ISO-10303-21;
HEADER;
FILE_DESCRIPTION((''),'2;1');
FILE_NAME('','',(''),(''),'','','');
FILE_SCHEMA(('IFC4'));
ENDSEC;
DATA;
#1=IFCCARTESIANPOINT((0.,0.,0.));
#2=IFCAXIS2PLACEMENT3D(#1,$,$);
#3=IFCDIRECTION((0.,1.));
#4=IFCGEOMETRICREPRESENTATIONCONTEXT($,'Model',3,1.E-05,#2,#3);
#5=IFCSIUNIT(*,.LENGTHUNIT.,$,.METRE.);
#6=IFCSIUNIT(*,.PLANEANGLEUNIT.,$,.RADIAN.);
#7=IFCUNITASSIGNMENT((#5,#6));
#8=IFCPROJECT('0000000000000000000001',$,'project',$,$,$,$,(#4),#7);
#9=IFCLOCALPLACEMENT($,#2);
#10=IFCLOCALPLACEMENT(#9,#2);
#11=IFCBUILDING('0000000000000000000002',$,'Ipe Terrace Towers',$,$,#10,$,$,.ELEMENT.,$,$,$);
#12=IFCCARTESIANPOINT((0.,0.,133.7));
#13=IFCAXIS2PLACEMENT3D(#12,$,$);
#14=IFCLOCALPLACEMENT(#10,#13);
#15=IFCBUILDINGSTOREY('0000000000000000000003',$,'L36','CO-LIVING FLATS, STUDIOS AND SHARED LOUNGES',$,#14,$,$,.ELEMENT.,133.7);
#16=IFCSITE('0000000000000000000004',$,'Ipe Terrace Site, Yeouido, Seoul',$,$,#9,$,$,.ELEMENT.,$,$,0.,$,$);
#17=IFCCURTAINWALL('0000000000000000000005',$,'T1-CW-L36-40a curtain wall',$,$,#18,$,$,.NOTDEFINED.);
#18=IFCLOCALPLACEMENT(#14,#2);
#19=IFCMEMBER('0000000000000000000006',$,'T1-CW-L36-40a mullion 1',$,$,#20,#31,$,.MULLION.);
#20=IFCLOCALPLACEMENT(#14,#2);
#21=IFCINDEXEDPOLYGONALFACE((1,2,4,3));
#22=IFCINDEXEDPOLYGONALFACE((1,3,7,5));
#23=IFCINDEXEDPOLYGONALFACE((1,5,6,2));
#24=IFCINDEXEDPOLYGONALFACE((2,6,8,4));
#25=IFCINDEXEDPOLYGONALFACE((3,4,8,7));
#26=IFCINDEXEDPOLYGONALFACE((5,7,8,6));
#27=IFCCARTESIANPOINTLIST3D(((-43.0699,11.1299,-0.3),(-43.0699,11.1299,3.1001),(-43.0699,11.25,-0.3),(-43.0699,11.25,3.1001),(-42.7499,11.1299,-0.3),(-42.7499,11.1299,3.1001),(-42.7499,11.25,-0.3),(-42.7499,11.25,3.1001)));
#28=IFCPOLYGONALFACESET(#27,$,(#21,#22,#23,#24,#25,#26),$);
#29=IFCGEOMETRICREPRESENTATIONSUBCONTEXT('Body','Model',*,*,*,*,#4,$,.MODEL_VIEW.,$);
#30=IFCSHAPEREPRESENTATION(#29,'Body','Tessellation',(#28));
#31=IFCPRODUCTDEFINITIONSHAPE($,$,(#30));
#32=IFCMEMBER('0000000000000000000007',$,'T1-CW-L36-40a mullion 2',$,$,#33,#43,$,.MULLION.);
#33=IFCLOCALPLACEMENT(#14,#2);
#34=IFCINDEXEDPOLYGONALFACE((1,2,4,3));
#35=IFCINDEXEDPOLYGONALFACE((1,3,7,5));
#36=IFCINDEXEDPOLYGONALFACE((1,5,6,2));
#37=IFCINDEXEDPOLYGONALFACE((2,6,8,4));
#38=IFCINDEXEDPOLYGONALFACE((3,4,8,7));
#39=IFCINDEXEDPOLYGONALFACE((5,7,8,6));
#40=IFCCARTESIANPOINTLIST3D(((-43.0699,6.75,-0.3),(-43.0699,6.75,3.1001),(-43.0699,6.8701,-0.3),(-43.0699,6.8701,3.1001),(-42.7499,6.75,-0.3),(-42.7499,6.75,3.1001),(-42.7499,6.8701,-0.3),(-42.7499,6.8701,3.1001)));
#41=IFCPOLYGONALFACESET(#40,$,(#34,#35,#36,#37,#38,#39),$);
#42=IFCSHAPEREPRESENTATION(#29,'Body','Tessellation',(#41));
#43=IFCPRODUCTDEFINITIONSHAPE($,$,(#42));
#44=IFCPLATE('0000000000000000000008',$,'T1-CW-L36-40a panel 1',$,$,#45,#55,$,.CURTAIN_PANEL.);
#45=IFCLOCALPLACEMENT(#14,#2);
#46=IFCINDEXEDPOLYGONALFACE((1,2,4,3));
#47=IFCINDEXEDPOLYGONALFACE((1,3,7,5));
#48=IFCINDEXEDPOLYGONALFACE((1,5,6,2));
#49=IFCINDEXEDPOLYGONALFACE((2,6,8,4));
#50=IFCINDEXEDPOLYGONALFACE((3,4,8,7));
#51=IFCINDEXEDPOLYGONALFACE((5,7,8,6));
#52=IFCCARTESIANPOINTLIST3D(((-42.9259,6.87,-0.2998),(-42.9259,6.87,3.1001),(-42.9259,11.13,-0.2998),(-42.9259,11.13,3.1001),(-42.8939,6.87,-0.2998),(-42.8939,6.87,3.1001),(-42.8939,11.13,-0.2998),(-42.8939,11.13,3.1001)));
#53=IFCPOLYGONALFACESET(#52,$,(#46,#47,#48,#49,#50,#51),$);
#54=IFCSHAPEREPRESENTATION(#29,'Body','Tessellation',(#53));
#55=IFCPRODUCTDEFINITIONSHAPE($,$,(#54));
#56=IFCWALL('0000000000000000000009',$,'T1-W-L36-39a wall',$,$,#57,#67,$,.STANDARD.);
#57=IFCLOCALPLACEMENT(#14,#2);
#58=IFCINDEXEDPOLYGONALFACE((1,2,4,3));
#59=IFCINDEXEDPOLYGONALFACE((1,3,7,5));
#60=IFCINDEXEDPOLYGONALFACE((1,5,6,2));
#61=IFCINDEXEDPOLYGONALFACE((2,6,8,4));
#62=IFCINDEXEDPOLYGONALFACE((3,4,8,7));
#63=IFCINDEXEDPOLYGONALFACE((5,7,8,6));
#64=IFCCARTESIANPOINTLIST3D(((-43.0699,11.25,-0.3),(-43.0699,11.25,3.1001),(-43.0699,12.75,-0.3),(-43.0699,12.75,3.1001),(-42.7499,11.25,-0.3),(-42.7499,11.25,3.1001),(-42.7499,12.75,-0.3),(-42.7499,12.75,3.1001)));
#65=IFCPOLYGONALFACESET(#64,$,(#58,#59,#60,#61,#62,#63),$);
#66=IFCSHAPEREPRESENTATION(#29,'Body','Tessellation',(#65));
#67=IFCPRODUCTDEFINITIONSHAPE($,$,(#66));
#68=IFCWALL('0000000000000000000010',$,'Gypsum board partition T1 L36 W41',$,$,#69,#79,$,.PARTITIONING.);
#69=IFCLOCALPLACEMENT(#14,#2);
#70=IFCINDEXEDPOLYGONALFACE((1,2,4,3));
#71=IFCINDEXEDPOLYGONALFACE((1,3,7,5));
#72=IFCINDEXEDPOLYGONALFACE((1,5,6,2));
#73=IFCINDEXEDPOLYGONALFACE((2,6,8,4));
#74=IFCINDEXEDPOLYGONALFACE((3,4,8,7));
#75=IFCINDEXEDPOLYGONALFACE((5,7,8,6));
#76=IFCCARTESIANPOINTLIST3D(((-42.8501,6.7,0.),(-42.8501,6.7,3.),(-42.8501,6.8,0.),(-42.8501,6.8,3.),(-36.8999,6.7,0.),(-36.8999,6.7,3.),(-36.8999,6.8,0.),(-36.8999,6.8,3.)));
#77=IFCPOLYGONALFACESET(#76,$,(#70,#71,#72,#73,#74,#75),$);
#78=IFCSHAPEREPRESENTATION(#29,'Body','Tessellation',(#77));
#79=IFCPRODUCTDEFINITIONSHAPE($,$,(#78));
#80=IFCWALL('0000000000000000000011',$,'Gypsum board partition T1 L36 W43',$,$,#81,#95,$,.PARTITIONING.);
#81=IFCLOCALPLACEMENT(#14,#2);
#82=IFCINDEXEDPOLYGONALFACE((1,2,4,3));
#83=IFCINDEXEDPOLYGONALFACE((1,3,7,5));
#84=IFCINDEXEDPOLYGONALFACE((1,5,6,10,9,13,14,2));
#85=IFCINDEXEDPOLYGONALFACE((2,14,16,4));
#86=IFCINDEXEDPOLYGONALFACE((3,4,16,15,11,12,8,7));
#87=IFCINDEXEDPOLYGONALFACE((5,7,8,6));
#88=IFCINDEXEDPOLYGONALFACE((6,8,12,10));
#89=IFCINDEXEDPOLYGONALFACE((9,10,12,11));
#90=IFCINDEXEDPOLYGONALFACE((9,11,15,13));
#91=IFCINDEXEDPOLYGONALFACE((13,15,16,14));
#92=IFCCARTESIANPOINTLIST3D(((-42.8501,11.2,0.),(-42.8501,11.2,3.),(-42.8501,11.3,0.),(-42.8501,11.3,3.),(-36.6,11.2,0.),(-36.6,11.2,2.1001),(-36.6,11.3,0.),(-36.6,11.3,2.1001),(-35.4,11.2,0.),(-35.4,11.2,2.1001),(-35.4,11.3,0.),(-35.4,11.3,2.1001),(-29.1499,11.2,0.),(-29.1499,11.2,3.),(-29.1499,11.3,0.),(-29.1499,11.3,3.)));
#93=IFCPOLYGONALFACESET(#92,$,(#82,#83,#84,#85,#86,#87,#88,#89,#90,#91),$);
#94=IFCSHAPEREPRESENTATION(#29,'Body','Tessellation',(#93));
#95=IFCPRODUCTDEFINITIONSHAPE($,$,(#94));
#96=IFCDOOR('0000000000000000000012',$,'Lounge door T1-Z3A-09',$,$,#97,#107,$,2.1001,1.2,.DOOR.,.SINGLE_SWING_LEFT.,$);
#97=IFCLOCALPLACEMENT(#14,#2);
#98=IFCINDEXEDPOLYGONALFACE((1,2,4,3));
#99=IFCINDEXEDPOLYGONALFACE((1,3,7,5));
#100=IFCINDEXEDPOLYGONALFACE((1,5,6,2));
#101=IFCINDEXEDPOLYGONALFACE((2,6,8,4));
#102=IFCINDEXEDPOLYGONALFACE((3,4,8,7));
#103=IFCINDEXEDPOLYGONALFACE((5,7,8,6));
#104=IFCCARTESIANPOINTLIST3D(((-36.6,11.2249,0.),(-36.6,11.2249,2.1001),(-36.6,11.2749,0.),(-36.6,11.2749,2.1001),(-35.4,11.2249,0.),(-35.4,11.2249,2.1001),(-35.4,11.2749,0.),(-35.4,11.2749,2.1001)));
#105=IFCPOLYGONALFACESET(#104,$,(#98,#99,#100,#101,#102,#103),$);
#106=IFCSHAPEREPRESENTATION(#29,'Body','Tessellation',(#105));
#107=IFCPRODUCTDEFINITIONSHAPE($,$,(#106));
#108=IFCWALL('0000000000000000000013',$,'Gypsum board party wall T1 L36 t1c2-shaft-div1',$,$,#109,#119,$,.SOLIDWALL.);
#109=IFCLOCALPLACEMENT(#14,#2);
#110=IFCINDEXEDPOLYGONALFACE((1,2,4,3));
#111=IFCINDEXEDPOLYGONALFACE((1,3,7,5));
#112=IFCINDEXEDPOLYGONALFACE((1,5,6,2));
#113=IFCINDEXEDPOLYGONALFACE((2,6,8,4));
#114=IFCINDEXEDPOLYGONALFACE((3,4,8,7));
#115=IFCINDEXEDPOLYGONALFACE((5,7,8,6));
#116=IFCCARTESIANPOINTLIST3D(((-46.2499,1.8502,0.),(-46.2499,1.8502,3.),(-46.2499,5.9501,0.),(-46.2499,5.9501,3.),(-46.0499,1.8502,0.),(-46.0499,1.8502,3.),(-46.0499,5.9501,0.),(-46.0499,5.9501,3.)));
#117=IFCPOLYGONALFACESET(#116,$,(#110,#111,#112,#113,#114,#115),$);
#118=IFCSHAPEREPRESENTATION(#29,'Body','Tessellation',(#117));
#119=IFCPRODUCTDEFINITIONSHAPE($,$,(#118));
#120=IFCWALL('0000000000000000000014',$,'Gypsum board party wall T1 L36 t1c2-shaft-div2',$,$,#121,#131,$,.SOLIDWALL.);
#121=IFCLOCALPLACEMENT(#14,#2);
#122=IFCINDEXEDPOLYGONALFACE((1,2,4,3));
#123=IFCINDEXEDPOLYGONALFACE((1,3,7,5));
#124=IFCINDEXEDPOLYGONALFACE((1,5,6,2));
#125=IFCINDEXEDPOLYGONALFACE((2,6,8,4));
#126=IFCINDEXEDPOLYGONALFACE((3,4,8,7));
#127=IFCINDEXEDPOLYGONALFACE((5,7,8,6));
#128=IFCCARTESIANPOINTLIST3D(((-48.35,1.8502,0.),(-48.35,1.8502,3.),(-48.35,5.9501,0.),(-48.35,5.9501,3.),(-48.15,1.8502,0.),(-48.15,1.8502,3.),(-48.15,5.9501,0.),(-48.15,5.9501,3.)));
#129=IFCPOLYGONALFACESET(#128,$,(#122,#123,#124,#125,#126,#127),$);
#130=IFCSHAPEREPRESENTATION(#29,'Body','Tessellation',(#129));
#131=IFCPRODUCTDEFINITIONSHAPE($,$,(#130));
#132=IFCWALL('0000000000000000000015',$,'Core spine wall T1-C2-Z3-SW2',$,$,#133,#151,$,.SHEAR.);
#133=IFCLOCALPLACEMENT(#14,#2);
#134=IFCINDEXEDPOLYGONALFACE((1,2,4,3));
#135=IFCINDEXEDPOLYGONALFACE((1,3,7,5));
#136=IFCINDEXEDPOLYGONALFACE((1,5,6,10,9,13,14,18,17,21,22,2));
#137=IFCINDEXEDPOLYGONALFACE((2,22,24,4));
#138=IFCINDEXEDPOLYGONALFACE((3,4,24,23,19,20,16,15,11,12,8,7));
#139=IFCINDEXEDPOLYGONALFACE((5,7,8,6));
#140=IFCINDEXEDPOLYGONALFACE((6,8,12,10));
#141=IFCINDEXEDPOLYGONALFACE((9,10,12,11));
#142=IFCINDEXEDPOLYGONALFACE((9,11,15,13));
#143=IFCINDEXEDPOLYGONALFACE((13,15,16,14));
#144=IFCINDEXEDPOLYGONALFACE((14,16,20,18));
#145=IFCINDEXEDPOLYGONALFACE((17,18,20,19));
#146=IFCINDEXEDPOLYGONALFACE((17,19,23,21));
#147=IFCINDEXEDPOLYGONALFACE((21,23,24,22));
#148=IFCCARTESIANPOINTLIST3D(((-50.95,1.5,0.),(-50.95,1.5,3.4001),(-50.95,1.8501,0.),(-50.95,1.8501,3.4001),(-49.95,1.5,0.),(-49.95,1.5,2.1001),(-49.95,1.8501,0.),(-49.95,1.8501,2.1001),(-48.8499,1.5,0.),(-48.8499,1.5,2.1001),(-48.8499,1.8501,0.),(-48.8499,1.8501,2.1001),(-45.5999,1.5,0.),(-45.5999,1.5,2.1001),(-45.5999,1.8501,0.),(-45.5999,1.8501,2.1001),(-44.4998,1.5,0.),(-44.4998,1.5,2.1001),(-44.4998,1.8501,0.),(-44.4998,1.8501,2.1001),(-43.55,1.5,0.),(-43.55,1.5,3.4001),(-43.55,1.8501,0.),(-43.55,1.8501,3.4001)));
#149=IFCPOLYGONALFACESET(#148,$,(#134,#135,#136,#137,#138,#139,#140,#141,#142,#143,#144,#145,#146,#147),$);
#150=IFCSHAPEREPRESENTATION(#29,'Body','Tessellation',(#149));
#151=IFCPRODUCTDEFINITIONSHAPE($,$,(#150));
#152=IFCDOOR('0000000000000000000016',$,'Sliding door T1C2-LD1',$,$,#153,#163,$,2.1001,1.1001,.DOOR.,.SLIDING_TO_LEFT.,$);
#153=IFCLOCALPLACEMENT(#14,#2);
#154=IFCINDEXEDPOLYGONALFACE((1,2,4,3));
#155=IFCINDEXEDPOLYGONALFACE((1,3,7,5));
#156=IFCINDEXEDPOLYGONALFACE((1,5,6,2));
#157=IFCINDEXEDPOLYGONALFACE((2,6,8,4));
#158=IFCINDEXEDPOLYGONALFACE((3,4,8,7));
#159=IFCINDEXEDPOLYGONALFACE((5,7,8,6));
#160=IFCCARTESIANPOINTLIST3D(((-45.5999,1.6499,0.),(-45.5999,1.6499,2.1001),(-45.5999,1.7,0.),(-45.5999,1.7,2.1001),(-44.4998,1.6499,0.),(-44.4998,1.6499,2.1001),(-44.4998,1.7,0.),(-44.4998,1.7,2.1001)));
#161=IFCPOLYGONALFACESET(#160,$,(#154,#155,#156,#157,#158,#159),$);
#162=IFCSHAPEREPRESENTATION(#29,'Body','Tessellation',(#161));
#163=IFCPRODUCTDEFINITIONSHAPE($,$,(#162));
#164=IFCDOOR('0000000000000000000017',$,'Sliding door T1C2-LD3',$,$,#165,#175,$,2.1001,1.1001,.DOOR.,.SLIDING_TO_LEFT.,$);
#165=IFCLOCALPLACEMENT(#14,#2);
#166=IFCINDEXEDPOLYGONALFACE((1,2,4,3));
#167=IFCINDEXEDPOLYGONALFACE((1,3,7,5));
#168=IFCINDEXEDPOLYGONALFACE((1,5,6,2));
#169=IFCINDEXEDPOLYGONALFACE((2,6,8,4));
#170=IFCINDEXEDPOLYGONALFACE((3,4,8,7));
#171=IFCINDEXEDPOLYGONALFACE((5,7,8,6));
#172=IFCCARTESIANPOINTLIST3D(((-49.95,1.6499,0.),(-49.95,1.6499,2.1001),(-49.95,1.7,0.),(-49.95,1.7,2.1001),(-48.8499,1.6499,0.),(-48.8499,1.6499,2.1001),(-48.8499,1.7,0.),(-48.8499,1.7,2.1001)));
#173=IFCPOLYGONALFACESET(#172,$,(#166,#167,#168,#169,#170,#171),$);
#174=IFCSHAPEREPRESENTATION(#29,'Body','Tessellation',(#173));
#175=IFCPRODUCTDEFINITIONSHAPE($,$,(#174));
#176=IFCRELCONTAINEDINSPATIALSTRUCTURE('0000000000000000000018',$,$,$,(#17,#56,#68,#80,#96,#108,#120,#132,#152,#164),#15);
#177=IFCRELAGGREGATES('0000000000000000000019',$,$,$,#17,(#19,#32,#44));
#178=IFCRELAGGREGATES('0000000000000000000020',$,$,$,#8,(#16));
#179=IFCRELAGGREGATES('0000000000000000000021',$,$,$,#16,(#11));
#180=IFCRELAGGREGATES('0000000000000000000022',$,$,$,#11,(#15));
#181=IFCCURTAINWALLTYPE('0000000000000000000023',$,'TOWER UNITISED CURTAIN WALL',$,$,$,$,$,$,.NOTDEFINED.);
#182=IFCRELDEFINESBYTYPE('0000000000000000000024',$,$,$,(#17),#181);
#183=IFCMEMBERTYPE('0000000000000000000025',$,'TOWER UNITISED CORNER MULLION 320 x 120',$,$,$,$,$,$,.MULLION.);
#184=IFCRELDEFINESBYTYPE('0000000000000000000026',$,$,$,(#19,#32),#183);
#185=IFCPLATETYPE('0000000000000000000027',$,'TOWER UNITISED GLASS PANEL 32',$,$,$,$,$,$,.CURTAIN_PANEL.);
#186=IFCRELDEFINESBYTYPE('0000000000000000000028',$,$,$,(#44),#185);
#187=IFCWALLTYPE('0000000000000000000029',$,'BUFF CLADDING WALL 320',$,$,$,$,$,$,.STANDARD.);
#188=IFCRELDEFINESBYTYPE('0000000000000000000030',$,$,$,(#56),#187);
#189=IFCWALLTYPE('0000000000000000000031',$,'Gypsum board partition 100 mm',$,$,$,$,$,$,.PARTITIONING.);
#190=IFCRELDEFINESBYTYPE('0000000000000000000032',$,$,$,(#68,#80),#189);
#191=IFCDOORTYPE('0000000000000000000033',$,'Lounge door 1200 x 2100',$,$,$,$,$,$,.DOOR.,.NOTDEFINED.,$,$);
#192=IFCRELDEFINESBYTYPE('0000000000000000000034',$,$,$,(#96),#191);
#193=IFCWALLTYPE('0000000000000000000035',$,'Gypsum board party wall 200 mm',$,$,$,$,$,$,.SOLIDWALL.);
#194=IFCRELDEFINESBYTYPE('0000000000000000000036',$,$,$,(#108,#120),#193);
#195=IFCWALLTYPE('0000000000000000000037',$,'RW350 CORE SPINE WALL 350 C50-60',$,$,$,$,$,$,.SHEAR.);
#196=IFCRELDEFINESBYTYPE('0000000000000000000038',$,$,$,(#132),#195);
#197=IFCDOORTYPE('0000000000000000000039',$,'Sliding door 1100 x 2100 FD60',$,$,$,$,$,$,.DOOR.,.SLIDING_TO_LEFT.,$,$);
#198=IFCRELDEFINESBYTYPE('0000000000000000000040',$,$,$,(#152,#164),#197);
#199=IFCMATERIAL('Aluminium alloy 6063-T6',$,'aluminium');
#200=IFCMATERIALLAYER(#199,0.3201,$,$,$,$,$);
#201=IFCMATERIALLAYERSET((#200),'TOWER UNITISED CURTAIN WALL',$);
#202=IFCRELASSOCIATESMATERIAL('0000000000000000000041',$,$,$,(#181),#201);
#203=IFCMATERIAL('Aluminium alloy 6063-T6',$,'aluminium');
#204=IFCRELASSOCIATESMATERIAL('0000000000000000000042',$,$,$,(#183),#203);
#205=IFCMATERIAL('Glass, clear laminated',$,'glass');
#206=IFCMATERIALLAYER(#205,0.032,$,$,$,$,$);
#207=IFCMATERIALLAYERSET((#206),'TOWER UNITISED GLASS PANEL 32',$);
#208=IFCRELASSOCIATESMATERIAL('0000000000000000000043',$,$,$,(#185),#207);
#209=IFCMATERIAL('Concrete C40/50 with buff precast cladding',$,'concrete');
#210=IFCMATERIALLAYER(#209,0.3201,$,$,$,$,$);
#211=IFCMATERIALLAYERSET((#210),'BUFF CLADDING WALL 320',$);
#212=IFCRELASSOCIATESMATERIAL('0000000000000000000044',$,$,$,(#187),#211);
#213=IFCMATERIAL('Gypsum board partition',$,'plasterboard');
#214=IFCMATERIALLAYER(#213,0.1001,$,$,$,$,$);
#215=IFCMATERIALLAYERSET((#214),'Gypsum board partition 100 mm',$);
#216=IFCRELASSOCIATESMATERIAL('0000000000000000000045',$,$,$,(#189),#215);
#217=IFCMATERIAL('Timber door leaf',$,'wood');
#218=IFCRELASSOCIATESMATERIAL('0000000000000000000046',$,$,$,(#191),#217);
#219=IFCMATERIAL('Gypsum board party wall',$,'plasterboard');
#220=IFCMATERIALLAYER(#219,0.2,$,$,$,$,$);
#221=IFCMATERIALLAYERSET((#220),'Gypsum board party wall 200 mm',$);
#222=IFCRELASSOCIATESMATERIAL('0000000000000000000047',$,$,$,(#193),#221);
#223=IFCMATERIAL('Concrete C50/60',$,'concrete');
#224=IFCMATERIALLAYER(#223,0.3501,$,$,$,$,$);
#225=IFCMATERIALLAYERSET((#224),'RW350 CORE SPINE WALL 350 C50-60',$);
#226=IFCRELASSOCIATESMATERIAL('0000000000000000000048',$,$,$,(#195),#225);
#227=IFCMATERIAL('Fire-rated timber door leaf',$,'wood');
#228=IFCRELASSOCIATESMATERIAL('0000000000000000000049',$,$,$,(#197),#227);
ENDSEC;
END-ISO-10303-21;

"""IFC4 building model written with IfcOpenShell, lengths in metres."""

from ifc_helpers import new_model, si_unit, direction, frame, frame_2d, origin, origin_2d, place, context, subcontext, project, spatial, rectangle, extrude, material, layer, layer_set, material_profile, profile_set, type_object, element, fill, aggregate, save


model = new_model("IFC4")

# Units and contexts
model_context = context("Model", 3, precision=1e-05, world=origin(), true_north=direction((0.0, 1.0)))
body_context = subcontext(model_context, "Body", "Model", "MODEL_VIEW")
ifc_project = project(units=[si_unit("LENGTHUNIT", "METRE"), si_unit("PLANEANGLEUNIT", "RADIAN")], contexts=[model_context])

# Site, building, storey
site_placement = place(None, origin())
site = spatial("IfcSite", under=ifc_project, at=site_placement, Name="Ipe Terrace Site, Yeouido, Seoul", CompositionType="ELEMENT", RefElevation=0.0)
building_placement = place(site_placement, origin())
building = spatial("IfcBuilding", under=site, at=building_placement, Name="Ipe Terrace Towers", CompositionType="ELEMENT")
storey_placement = place(building_placement, frame((0.0, 0.0, 133.7)))
storey = spatial("IfcBuildingStorey", under=building, at=storey_placement, Name="L36", Description="CO-LIVING FLATS, STUDIOS AND SHARED LOUNGES", CompositionType="ELEMENT", Elevation=133.7)

# Curtain wall, members, plate
ifc_material_1 = material(Name="Aluminium alloy 6063-T6", Category="aluminium")
ifc_layer_1 = layer(ifc_material_1, 0.3201)
ifc_layer_set_1 = layer_set([ifc_layer_1], Name="TOWER UNITISED CURTAIN WALL")
curtain_wall_type = type_object("IfcCurtainWallType", Name="TOWER UNITISED CURTAIN WALL", PredefinedType="NOTDEFINED", material=ifc_layer_set_1)
curtain_wall_placement = place(storey_placement, origin())
curtain_wall = element("IfcCurtainWall", 1, at=curtain_wall_placement, inside=storey, type_object=curtain_wall_type, Name="T1-CW-L36-40a curtain wall", PredefinedType="NOTDEFINED")
ifc_material_2 = material(Name="Aluminium alloy 6063-T6", Category="aluminium")
ifc_material_profile = material_profile(ifc_material_2, rectangle(XDim=0.3201, YDim=0.1201, at=origin_2d()), Name="TOWER UNITISED CORNER MULLION 320 x 120")
ifc_profile_set = profile_set([ifc_material_profile], Name="Aluminium alloy 6063-T6")
member_type = type_object("IfcMemberType", Name="TOWER UNITISED CORNER MULLION 320 x 120", PredefinedType="MULLION", material=ifc_profile_set)
member_1_placement = place(storey_placement, frame((-42.9099, 11.1899, -0.3), z_axis=(0.0, 0.0, 1.0), x_axis=(-1.0, 0.0, 0.0)))
member_1 = element("IfcMember", 2, at=member_1_placement, type_object=member_type, Name="T1-CW-L36-40a mullion 1", PredefinedType="MULLION", context=body_context, shape_type="SweptSolid", body=[
    extrude(rectangle(XDim=0.3201, YDim=0.1201, at=origin_2d()), origin(), (0.0, 0.0, 1.0), 3.4001),
])
member_2_placement = place(storey_placement, frame((-42.9099, 6.8101, -0.3), z_axis=(0.0, 0.0, 1.0), x_axis=(-1.0, 0.0, 0.0)))
member_2 = element("IfcMember", 3, at=member_2_placement, type_object=member_type, Name="T1-CW-L36-40a mullion 2", PredefinedType="MULLION", context=body_context, shape_type="SweptSolid", body=[
    extrude(rectangle(XDim=0.3201, YDim=0.1201, at=origin_2d()), origin(), (0.0, 0.0, 1.0), 3.4001),
])
ifc_material_3 = material(Name="Glass, clear laminated", Category="glass")
ifc_layer_2 = layer(ifc_material_3, 0.032)
ifc_layer_set_2 = layer_set([ifc_layer_2], Name="TOWER UNITISED GLASS PANEL 32")
plate_type = type_object("IfcPlateType", Name="TOWER UNITISED GLASS PANEL 32", PredefinedType="CURTAIN_PANEL", material=ifc_layer_set_2)
plate_placement = place(storey_placement, frame((-42.9099, 9.0, -0.2998), z_axis=(0.0, 0.0, 1.0), x_axis=(0.0, -1.0, 0.0)))
plate = element("IfcPlate", 4, at=plate_placement, type_object=plate_type, Name="T1-CW-L36-40a panel 1", PredefinedType="CURTAIN_PANEL", context=body_context, shape_type="SweptSolid", body=[
    extrude(rectangle(XDim=4.26, YDim=0.032, at=origin_2d()), origin(), (0.0, 0.0, 1.0), 3.3999),
])
aggregate(curtain_wall, [member_1, member_2, plate])

# Walls
ifc_material_4 = material(Name="Concrete C40/50 with buff precast cladding", Category="concrete")
ifc_layer_3 = layer(ifc_material_4, 0.3201)
ifc_layer_set_3 = layer_set([ifc_layer_3], Name="BUFF CLADDING WALL 320")
wall_type_1 = type_object("IfcWallType", Name="BUFF CLADDING WALL 320", PredefinedType="STANDARD", material=ifc_layer_set_3)
wall_1_placement = place(storey_placement, frame((-42.9099, 12.75, -0.3), z_axis=(0.0, 0.0, 1.0), x_axis=(0.0, -1.0, 0.0)))
element("IfcWall", 5, at=wall_1_placement, inside=storey, type_object=wall_type_1, Name="T1-W-L36-39a wall", PredefinedType="STANDARD", context=body_context, shape_type="SweptSolid", body=[
    extrude(rectangle(XDim=1.5, YDim=0.3201, at=frame_2d((0.75, 0.0))), origin(), (0.0, 0.0, 1.0), 3.4001),
])
ifc_material_5 = material(Name="Gypsum board partition", Category="plasterboard")
ifc_layer_4 = layer(ifc_material_5, 0.1001)
ifc_layer_set_4 = layer_set([ifc_layer_4], Name="Gypsum board partition 100 mm")
wall_type_2 = type_object("IfcWallType", Name="Gypsum board partition 100 mm", PredefinedType="PARTITIONING", material=ifc_layer_set_4)
wall_2_placement = place(storey_placement, frame((-42.8501, 6.75, 0.0), z_axis=(0.0, 0.0, 1.0), x_axis=(1.0, 0.0, 0.0)))
element("IfcWall", 6, at=wall_2_placement, inside=storey, type_object=wall_type_2, Name="Gypsum board partition T1 L36 W41", PredefinedType="PARTITIONING", context=body_context, shape_type="SweptSolid", body=[
    extrude(rectangle(XDim=5.9502, YDim=0.1001, at=frame_2d((2.9751, 0.0))), origin(), (0.0, 0.0, 1.0), 3.0),
])

# Wall, opening, door
wall_3_placement = place(storey_placement, frame((-42.8501, 11.25, 0.0), z_axis=(0.0, 0.0, 1.0), x_axis=(1.0, 0.0, 0.0)))
wall_3 = element("IfcWall", 7, at=wall_3_placement, inside=storey, type_object=wall_type_2, Name="Gypsum board partition T1 L36 W43", PredefinedType="PARTITIONING", context=body_context, shape_type="SweptSolid", body=[
    extrude(rectangle(XDim=13.7002, YDim=0.1001, at=frame_2d((6.8501, 0.0))), origin(), (0.0, 0.0, 1.0), 3.0),
])
opening_1_placement = place(wall_3_placement, frame((6.25, 0.0, 0.0)))
opening_1 = element("IfcOpeningElement", 8, at=opening_1_placement, cuts=wall_3, PredefinedType="OPENING", context=body_context, shape_type="SweptSolid", body=[
    extrude(rectangle(XDim=1.2, YDim=2.1001, at=frame_2d((0.6001, 1.05))), frame((0.0, 0.0601, 0.0), z_axis=(0.0, -1.0, 0.0), x_axis=(1.0, 0.0, 0.0)), (0.0, 0.0, 1.0), 0.1201),
])
ifc_material_6 = material(Name="Timber door leaf", Category="wood")
door_type_1 = type_object("IfcDoorType", Name="Lounge door 1200 x 2100", OperationType="NOTDEFINED", PredefinedType="DOOR", material=ifc_material_6)
door_1_placement = place(opening_1_placement, origin())
door_1 = element("IfcDoor", 9, at=door_1_placement, inside=storey, type_object=door_type_1, Name="Lounge door T1-Z3A-09", OperationType="SINGLE_SWING_LEFT", OverallHeight=2.1001, OverallWidth=1.2, PredefinedType="DOOR", context=body_context, shape_type="SweptSolid", body=[
    extrude(rectangle(XDim=1.2, YDim=2.1001, at=frame_2d((0.6001, 1.05))), frame((0.0, 0.0249, 0.0), z_axis=(0.0, -1.0, 0.0), x_axis=(1.0, 0.0, 0.0)), (0.0, 0.0, 1.0), 0.05),
])
fill(opening_1, door_1)

# Walls
ifc_material_7 = material(Name="Gypsum board party wall", Category="plasterboard")
ifc_layer_5 = layer(ifc_material_7, 0.2)
ifc_layer_set_5 = layer_set([ifc_layer_5], Name="Gypsum board party wall 200 mm")
wall_type_3 = type_object("IfcWallType", Name="Gypsum board party wall 200 mm", PredefinedType="SOLIDWALL", material=ifc_layer_set_5)
for number, where, z_axis, x_axis, name in (
    (10, (-46.1499, 5.95, 0.0), (0.0, 0.0, 1.0), (0.0, -1.0, 0.0), "Gypsum board party wall T1 L36 t1c2-shaft-div1"),
    (11, (-48.25, 5.95, 0.0), (0.0, 0.0, 1.0), (0.0, -1.0, 0.0), "Gypsum board party wall T1 L36 t1c2-shaft-div2"),
):
    element("IfcWall", number, at=place(storey_placement, frame(where, z_axis=z_axis, x_axis=x_axis)), inside=storey, type_object=wall_type_3, Name=name, PredefinedType="SOLIDWALL", context=body_context, shape_type="SweptSolid", body=[
        extrude(rectangle(XDim=4.0999, YDim=0.2, at=frame_2d((2.0498, 0.0))), origin(), (0.0, 0.0, 1.0), 3.0),
    ])

# Wall, openings, doors
ifc_material_8 = material(Name="Concrete C50/60", Category="concrete")
ifc_layer_6 = layer(ifc_material_8, 0.3501)
ifc_layer_set_6 = layer_set([ifc_layer_6], Name="RW350 CORE SPINE WALL 350 C50-60")
wall_type_4 = type_object("IfcWallType", Name="RW350 CORE SPINE WALL 350 C50-60", PredefinedType="SHEAR", material=ifc_layer_set_6)
wall_4_placement = place(storey_placement, frame((-50.95, 1.675, 0.0), z_axis=(0.0, 0.0, 1.0), x_axis=(1.0, 0.0, 0.0)))
wall_4 = element("IfcWall", 12, at=wall_4_placement, inside=storey, type_object=wall_type_4, Name="Core spine wall T1-C2-Z3-SW2", PredefinedType="SHEAR", context=body_context, shape_type="SweptSolid", body=[
    extrude(rectangle(XDim=7.3999, YDim=0.3501, at=frame_2d((3.7, 0.0))), origin(), (0.0, 0.0, 1.0), 3.4001),
])
opening_2_placement = place(wall_4_placement, frame((5.3501, 0.0, 0.0)))
opening_2 = element("IfcOpeningElement", 13, at=opening_2_placement, cuts=wall_4, PredefinedType="OPENING", context=body_context, shape_type="SweptSolid", body=[
    extrude(rectangle(XDim=1.1001, YDim=2.1001, at=frame_2d((0.55, 1.05))), frame((0.0, 0.1851, 0.0), z_axis=(0.0, -1.0, 0.0), x_axis=(1.0, 0.0, 0.0)), (0.0, 0.0, 1.0), 0.3701),
])
opening_3_placement = place(wall_4_placement, frame((1.0, 0.0, 0.0)))
opening_3 = element("IfcOpeningElement", 14, at=opening_3_placement, cuts=wall_4, PredefinedType="OPENING", context=body_context, shape_type="SweptSolid", body=[
    extrude(rectangle(XDim=1.1001, YDim=2.1001, at=frame_2d((0.55, 1.05))), frame((0.0, 0.1851, 0.0), z_axis=(0.0, -1.0, 0.0), x_axis=(1.0, 0.0, 0.0)), (0.0, 0.0, 1.0), 0.3701),
])
ifc_material_9 = material(Name="Fire-rated timber door leaf", Category="wood")
door_type_2 = type_object("IfcDoorType", Name="Sliding door 1100 x 2100 FD60", OperationType="SLIDING_TO_LEFT", PredefinedType="DOOR", material=ifc_material_9)
door_2_placement = place(opening_2_placement, origin())
door_2 = element("IfcDoor", 15, at=door_2_placement, inside=storey, type_object=door_type_2, Name="Sliding door T1C2-LD1", OperationType="SLIDING_TO_LEFT", OverallHeight=2.1001, OverallWidth=1.1001, PredefinedType="DOOR", context=body_context, shape_type="SweptSolid", body=[
    extrude(rectangle(XDim=1.1001, YDim=2.1001, at=frame_2d((0.55, 1.05))), frame((0.0, 0.0249, 0.0), z_axis=(0.0, -1.0, 0.0), x_axis=(1.0, 0.0, 0.0)), (0.0, 0.0, 1.0), 0.05),
])
fill(opening_2, door_2)
door_3_placement = place(opening_3_placement, origin())
door_3 = element("IfcDoor", 16, at=door_3_placement, inside=storey, type_object=door_type_2, Name="Sliding door T1C2-LD3", OperationType="SLIDING_TO_LEFT", OverallHeight=2.1001, OverallWidth=1.1001, PredefinedType="DOOR", context=body_context, shape_type="SweptSolid", body=[
    extrude(rectangle(XDim=1.1001, YDim=2.1001, at=frame_2d((0.55, 1.05))), frame((0.0, 0.0249, 0.0), z_axis=(0.0, -1.0, 0.0), x_axis=(1.0, 0.0, 0.0)), (0.0, 0.0, 1.0), 0.05),
])
fill(opening_3, door_3)

save(model, "model.ifc")
